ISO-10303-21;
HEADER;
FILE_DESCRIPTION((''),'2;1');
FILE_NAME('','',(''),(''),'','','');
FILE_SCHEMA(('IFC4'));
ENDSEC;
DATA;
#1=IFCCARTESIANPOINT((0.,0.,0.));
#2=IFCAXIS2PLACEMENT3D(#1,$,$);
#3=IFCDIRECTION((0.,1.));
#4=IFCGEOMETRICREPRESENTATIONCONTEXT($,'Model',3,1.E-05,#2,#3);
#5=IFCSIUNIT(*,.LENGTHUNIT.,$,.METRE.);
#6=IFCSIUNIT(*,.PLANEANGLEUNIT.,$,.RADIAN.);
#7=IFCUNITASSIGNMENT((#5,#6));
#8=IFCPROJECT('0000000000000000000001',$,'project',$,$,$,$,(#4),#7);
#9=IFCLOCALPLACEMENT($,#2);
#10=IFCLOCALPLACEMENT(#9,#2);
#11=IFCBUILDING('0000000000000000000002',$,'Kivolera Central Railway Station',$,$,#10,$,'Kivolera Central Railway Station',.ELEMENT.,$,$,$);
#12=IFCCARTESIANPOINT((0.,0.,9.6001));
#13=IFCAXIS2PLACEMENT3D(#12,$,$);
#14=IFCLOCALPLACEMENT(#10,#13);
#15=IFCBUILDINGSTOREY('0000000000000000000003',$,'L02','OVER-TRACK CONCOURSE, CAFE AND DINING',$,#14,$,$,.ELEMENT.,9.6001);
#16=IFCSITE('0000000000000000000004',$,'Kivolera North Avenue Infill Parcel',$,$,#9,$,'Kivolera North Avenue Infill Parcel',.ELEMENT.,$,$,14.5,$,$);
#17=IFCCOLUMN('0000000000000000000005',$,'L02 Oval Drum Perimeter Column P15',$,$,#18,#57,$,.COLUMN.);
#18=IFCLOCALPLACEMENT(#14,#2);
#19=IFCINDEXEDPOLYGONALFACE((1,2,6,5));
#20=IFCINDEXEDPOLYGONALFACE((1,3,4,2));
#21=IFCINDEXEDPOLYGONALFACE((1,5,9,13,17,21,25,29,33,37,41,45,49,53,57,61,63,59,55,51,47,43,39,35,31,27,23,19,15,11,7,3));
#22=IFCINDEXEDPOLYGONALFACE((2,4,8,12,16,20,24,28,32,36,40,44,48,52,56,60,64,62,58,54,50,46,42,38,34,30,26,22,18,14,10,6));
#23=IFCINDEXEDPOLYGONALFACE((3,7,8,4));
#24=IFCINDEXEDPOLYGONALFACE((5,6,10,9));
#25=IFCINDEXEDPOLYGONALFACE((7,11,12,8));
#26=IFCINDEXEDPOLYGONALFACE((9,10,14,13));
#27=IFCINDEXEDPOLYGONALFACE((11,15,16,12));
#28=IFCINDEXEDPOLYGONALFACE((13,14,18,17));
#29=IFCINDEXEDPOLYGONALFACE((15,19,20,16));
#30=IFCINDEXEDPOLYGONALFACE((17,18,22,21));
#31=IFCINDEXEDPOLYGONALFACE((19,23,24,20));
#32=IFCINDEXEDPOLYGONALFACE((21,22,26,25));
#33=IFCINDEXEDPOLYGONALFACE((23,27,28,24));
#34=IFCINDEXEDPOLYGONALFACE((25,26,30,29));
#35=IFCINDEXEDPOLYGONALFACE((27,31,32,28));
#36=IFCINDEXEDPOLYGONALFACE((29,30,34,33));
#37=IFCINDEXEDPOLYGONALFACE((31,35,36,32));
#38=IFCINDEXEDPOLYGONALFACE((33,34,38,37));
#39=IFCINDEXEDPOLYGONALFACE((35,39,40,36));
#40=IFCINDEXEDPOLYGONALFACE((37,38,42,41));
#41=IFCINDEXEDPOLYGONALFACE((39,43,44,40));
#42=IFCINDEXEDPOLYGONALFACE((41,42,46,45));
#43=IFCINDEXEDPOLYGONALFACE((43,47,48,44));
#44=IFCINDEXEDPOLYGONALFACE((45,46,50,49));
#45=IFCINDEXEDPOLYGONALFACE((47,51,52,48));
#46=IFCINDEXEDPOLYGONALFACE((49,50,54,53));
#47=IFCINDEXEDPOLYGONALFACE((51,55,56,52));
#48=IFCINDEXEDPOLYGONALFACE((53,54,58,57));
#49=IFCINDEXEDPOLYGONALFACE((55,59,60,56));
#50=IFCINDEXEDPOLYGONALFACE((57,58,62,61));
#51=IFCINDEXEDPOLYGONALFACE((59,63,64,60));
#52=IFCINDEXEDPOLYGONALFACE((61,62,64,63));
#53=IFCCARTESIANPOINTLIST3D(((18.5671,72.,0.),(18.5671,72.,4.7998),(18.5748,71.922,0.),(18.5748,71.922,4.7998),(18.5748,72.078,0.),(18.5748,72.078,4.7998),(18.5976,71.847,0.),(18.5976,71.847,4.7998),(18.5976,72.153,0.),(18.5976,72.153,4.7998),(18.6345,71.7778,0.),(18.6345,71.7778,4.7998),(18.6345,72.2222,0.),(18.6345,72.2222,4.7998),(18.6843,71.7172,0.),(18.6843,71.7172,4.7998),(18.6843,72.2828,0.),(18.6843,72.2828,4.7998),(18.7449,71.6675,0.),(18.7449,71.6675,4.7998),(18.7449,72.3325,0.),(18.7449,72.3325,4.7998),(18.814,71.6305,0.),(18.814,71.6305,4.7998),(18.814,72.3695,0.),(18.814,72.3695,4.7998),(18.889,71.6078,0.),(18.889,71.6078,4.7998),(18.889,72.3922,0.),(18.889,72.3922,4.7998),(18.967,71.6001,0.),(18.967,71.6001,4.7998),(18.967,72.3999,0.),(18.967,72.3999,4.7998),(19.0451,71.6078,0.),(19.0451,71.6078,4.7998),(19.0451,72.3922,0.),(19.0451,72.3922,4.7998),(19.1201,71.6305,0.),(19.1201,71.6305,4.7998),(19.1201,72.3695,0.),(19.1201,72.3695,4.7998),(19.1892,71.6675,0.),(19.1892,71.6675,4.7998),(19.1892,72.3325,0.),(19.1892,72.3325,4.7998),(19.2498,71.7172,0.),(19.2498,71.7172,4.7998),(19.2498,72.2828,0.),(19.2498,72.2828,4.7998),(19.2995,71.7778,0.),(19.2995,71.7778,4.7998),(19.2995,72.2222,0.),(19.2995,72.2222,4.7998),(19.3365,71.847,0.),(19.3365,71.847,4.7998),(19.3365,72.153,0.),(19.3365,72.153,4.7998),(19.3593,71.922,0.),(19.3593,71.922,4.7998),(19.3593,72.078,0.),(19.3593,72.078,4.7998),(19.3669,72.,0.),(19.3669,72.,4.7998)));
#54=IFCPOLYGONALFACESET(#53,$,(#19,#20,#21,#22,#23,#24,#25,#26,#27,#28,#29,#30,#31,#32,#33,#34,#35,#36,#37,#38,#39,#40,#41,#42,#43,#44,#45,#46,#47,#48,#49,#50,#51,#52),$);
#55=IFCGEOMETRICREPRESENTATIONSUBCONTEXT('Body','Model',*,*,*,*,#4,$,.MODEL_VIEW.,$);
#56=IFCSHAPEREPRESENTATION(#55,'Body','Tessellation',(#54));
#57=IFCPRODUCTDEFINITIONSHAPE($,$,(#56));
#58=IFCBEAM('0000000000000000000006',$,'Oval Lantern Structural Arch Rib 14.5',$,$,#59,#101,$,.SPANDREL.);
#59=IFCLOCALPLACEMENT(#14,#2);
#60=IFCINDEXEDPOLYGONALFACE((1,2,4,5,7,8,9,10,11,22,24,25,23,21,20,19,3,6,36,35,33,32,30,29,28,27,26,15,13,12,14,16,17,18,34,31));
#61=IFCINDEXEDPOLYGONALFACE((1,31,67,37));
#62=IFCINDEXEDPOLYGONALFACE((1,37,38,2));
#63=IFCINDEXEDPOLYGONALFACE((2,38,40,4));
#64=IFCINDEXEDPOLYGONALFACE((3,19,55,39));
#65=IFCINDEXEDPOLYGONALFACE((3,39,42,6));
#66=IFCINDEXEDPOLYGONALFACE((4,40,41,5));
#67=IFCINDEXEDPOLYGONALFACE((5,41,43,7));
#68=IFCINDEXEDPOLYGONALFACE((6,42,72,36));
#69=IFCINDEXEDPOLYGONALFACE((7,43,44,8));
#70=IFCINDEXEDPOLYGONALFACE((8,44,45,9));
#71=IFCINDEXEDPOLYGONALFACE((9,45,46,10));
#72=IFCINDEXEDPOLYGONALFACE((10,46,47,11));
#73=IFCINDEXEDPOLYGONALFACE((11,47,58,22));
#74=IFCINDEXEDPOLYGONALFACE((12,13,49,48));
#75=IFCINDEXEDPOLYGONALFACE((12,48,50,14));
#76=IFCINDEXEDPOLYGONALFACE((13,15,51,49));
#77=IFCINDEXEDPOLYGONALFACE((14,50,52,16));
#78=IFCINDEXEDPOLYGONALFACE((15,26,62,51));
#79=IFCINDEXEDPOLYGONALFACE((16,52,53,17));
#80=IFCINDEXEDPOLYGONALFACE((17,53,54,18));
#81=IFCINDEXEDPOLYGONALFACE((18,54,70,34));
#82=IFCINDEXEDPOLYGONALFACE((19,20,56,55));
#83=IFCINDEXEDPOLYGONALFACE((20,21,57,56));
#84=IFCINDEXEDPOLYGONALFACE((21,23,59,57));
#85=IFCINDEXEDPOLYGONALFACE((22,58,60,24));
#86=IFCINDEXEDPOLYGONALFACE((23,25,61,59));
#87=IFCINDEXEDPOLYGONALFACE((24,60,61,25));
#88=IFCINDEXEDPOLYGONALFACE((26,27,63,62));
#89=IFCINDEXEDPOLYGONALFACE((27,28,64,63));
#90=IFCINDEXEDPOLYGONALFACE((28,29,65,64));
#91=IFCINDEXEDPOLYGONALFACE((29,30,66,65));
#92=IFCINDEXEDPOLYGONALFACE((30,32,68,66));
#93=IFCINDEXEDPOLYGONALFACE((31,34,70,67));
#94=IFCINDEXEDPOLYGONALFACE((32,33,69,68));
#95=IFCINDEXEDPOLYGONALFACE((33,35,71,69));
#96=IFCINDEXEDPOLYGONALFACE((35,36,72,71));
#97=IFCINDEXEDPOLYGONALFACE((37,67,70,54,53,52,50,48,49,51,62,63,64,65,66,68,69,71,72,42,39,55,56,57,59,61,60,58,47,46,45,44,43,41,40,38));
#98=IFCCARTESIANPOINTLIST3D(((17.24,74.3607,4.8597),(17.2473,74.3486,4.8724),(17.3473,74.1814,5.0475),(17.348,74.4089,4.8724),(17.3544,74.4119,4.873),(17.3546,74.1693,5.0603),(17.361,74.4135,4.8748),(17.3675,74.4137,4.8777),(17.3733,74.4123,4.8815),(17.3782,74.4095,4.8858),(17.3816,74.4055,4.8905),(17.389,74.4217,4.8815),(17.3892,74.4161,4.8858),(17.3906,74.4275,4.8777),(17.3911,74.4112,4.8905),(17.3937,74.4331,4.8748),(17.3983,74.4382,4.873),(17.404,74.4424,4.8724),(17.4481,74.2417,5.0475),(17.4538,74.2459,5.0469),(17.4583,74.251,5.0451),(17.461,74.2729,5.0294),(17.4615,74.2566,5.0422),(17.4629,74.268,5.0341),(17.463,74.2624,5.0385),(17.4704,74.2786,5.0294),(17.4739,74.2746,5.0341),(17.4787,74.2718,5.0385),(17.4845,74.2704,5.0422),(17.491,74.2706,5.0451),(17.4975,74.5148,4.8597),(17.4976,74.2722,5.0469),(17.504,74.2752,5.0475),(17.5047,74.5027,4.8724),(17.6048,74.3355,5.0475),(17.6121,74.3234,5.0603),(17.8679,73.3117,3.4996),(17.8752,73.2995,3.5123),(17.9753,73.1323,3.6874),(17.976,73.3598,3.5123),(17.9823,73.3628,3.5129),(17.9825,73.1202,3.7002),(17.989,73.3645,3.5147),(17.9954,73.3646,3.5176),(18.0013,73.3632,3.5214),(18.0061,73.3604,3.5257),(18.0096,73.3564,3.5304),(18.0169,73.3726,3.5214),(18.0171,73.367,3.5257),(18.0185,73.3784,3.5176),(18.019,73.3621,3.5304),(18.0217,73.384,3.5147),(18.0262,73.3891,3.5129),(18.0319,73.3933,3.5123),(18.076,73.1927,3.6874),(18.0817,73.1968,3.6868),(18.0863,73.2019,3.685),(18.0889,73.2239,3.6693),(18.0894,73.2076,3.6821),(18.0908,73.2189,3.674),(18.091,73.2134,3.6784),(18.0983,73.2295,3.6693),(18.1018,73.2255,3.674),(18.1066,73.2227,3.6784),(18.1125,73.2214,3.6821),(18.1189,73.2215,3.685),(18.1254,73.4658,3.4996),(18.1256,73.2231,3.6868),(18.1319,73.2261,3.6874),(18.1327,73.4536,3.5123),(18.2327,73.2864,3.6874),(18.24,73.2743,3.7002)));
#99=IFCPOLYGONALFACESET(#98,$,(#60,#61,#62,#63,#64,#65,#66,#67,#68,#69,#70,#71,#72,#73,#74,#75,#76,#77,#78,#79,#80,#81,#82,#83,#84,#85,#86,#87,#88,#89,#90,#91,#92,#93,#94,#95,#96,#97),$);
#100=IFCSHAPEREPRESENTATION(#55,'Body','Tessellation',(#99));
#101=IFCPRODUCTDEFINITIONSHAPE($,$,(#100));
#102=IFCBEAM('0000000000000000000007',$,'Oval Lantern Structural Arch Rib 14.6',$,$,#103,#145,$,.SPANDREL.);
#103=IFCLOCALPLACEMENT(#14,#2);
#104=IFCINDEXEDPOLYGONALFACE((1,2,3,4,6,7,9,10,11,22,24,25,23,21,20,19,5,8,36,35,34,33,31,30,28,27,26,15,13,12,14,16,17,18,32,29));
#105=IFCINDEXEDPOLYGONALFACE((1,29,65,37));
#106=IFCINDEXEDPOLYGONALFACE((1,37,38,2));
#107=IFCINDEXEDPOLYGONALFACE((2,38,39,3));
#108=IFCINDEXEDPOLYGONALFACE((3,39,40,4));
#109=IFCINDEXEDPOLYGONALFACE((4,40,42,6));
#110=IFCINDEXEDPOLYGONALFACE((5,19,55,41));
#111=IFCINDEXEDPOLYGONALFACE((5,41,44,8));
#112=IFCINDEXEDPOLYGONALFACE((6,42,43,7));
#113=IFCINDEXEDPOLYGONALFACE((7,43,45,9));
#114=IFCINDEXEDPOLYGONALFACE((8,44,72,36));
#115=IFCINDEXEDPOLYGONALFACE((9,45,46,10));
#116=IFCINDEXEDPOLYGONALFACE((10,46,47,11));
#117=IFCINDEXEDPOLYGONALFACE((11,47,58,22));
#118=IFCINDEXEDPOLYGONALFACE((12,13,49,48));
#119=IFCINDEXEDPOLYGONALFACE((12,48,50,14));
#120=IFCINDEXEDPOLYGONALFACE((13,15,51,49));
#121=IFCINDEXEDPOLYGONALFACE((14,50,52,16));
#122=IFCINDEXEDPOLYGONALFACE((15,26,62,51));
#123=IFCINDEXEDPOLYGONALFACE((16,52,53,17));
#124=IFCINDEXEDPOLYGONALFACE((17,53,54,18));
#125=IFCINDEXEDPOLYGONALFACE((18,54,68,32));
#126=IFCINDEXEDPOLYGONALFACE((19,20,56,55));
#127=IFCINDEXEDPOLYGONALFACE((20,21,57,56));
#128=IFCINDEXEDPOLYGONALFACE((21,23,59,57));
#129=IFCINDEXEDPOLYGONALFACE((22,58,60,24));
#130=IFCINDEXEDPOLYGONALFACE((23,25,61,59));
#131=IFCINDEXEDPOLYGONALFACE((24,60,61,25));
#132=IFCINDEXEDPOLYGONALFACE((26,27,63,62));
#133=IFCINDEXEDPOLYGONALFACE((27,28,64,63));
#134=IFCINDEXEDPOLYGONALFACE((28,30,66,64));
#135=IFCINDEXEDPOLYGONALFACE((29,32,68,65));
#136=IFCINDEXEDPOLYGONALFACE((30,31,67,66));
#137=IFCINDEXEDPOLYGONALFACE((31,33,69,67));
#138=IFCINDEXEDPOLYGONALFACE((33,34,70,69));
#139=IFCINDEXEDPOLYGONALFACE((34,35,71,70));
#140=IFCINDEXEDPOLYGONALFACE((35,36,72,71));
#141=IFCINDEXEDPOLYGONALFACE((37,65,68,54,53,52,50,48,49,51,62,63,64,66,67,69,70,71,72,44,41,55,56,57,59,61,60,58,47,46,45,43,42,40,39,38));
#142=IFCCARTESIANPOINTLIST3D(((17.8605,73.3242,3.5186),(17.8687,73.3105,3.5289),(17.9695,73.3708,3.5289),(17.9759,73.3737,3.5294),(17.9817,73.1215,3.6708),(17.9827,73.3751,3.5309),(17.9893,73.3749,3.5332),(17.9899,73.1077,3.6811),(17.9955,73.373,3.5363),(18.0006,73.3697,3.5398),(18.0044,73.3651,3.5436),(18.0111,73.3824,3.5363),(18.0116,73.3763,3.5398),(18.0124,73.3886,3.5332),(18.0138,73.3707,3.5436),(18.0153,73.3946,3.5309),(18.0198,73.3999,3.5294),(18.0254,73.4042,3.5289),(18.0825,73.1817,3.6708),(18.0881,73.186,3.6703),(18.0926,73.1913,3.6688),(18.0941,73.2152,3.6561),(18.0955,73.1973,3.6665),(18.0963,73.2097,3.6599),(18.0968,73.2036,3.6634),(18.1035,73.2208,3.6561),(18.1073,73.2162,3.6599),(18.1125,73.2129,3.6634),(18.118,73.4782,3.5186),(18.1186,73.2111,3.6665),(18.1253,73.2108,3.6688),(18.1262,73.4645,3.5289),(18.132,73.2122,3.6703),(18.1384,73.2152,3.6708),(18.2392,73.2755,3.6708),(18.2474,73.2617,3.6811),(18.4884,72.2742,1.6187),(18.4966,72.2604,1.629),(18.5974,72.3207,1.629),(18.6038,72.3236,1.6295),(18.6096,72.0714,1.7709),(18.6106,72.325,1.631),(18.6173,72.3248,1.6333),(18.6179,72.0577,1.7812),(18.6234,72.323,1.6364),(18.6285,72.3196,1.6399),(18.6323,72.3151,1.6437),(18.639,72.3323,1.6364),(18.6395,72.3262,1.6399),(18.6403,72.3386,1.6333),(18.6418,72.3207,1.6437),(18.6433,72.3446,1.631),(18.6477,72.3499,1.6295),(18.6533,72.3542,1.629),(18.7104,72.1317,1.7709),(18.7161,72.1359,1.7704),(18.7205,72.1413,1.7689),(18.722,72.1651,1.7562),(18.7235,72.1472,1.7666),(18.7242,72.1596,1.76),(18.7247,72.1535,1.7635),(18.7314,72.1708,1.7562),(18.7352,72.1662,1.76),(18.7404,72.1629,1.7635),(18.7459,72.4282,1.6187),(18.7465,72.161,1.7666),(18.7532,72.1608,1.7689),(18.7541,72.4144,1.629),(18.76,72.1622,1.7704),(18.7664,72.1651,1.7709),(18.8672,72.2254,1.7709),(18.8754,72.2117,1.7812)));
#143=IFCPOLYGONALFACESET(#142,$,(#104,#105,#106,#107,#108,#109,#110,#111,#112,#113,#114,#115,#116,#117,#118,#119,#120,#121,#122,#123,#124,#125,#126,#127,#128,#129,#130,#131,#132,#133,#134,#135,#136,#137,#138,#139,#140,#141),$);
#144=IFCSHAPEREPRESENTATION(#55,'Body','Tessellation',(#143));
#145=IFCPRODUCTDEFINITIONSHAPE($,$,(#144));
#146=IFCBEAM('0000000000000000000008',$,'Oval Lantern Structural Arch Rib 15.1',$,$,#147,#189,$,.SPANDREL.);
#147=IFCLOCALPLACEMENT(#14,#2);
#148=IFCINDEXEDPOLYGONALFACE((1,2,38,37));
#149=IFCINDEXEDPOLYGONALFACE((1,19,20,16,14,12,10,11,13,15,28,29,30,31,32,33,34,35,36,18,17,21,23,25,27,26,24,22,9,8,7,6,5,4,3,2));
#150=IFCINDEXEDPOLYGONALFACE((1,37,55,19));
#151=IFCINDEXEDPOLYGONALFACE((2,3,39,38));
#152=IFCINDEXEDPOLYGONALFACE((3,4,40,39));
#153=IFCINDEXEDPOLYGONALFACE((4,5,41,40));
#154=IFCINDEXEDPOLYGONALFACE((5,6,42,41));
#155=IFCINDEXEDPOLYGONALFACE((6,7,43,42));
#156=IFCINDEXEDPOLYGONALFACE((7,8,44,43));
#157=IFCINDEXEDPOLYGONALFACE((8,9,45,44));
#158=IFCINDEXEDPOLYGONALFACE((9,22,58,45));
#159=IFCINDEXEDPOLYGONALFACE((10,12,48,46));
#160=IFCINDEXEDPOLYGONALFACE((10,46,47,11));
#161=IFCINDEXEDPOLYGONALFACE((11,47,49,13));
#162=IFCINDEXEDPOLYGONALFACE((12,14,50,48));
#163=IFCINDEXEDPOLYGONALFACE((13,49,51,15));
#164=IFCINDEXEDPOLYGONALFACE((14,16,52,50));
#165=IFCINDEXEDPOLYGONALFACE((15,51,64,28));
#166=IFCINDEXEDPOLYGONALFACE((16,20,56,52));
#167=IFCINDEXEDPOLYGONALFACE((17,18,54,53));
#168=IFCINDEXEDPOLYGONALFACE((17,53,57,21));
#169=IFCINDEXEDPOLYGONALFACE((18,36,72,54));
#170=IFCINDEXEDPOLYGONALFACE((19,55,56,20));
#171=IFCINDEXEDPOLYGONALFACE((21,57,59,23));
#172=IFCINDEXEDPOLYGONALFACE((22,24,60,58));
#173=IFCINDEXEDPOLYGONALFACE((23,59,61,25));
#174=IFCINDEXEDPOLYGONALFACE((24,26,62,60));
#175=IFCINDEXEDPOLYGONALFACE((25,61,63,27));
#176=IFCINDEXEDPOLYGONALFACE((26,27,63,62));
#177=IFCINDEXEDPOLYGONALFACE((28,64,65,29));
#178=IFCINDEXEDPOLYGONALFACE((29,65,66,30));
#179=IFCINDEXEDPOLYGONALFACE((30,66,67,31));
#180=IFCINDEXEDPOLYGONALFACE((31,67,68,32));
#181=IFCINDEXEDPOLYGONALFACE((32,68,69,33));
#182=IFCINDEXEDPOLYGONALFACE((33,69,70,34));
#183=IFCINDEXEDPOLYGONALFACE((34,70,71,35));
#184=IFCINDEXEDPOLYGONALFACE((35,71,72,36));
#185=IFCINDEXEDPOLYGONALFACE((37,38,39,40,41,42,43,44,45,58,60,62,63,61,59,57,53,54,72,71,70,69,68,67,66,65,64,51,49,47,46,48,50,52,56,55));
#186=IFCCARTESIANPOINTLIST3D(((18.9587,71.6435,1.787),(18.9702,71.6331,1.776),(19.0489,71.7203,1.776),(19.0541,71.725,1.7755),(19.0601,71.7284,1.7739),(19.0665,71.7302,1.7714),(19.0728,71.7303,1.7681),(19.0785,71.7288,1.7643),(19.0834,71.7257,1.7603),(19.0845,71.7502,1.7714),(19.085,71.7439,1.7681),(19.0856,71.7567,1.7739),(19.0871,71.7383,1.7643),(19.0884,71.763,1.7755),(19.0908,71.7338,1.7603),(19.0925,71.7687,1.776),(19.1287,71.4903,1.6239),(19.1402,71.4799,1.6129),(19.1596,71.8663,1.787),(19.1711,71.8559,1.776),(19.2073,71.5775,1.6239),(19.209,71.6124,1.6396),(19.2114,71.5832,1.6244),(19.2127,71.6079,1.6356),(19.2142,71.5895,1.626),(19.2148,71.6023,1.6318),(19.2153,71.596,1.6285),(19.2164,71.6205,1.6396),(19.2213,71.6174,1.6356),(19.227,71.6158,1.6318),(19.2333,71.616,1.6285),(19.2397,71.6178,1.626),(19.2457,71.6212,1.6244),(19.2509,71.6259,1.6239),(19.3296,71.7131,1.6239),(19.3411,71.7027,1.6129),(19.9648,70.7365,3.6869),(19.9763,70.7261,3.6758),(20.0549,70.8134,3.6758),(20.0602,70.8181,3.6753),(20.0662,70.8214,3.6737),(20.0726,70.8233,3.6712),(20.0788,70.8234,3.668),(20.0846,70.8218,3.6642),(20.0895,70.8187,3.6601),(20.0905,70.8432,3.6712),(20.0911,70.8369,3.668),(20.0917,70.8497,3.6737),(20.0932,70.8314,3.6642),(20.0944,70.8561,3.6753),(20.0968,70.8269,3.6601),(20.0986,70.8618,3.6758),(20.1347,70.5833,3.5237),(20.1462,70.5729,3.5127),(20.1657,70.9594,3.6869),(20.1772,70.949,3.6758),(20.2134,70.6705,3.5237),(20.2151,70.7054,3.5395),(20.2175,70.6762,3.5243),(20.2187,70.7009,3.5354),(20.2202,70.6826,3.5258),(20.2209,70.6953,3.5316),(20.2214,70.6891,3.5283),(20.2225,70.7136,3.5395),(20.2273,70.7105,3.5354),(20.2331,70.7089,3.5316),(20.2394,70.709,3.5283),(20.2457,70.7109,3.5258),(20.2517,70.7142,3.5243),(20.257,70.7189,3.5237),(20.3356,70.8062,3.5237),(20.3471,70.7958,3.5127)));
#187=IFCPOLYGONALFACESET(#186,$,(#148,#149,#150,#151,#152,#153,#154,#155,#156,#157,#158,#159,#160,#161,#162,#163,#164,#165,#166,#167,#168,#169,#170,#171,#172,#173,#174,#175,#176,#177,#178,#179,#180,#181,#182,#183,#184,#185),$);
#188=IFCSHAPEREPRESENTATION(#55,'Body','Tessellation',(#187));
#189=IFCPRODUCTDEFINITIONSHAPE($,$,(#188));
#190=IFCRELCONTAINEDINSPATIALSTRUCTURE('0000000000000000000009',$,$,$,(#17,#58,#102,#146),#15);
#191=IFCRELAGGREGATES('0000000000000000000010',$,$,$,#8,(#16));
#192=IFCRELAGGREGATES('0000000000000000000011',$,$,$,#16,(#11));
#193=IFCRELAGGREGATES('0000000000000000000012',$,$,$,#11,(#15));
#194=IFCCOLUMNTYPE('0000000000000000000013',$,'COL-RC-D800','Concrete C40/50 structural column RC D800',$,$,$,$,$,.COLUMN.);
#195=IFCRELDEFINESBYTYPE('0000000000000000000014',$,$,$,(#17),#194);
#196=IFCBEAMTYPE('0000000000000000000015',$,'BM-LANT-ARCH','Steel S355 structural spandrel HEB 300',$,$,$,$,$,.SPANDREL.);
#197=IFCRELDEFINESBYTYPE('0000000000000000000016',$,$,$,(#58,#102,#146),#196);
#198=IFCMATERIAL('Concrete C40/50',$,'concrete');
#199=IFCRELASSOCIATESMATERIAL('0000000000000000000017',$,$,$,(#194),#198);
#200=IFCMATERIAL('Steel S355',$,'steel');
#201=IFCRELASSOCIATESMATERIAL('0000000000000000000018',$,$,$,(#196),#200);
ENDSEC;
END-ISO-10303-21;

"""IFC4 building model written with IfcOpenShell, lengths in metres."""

from ifc_helpers import new_model, si_unit, direction, frame, origin, origin_2d, place, context, subcontext, project, spatial, circle, i_section, extrude, material, material_profile, profile_set, type_object, element, save


model = new_model("IFC4")

# Units and contexts
model_context = context("Model", 3, precision=1e-05, world=origin(), true_north=direction((0.0, 1.0)))
body_context = subcontext(model_context, "Body", "Model", "MODEL_VIEW")
ifc_project = project(units=[si_unit("LENGTHUNIT", "METRE"), si_unit("PLANEANGLEUNIT", "RADIAN")], contexts=[model_context])

# Site, building, storey
site_placement = place(None, origin())
site = spatial("IfcSite", under=ifc_project, at=site_placement, Name="Kivolera North Avenue Infill Parcel", LongName="Kivolera North Avenue Infill Parcel", CompositionType="ELEMENT", RefElevation=14.5)
building_placement = place(site_placement, origin())
building = spatial("IfcBuilding", under=site, at=building_placement, Name="Kivolera Central Railway Station", LongName="Kivolera Central Railway Station", CompositionType="ELEMENT")
storey_placement = place(building_placement, frame((0.0, 0.0, 9.6001)))
storey = spatial("IfcBuildingStorey", under=building, at=storey_placement, Name="L02", Description="OVER-TRACK CONCOURSE, CAFE AND DINING", CompositionType="ELEMENT", Elevation=9.6001)

# Column
ifc_material_1 = material(Name="Concrete C40/50", Category="concrete")
ifc_material_profile_1 = material_profile(ifc_material_1, circle(Radius=0.3999, at=origin_2d()), Name="RC D800")
ifc_profile_set_1 = profile_set([ifc_material_profile_1], Name="Concrete C40/50")
column_type = type_object("IfcColumnType", Name="COL-RC-D800", Description="Concrete C40/50 structural column RC D800", PredefinedType="COLUMN", material=ifc_profile_set_1)
column_placement = place(storey_placement, frame((18.967, 72.0, 0.0), z_axis=(0.0, 0.0, 1.0), x_axis=(1.0, 0.0, 0.0)))
element("IfcColumn", 1, at=column_placement, inside=storey, type_object=column_type, Name="L02 Oval Drum Perimeter Column P15", PredefinedType="COLUMN", context=body_context, shape_type="SweptSolid", body=[
    extrude(circle(Radius=0.3999, at=origin_2d()), origin(), (0.0, 0.0, 1.0), 4.7998),
])

# Beams
ifc_material_2 = material(Name="Steel S355", Category="steel")
ifc_material_profile_2 = material_profile(ifc_material_2, i_section(OverallWidth=0.3, OverallDepth=0.3, WebThickness=0.011, FlangeThickness=0.019, FilletRadius=0.0271, at=origin_2d()), Name="HEB 300")
ifc_profile_set_2 = profile_set([ifc_material_profile_2], Name="Steel S355")
beam_type = type_object("IfcBeamType", Name="BM-LANT-ARCH", Description="Steel S355 structural spandrel HEB 300", PredefinedType="SPANDREL", material=ifc_profile_set_2)
beam_1_placement = place(storey_placement, frame((17.426, 74.342, 4.96), z_axis=(0.343344, -0.57362, -0.74369), x_axis=(0.858039, 0.513585, 0.0)))
element("IfcBeam", 2, at=beam_1_placement, inside=storey, type_object=beam_type, Name="Oval Lantern Structural Arch Rib 14.5", PredefinedType="SPANDREL", context=body_context, shape_type="SweptSolid", body=[
    extrude(i_section(OverallWidth=0.3, OverallDepth=0.3, WebThickness=0.011, FlangeThickness=0.019, FilletRadius=0.0271, at=origin_2d()), origin(), (0.0, 0.0, 1.0), 1.8289),
])
beam_2_placement = place(storey_placement, frame((18.054, 73.293, 3.5999), z_axis=(0.277874, -0.464672, -0.840753), x_axis=(0.858249, 0.513233, 0.0)))
element("IfcBeam", 3, at=beam_2_placement, inside=storey, type_object=beam_type, Name="Oval Lantern Structural Arch Rib 14.6", PredefinedType="SPANDREL", context=body_context, shape_type="SweptSolid", body=[
    extrude(i_section(OverallWidth=0.3, OverallDepth=0.3, WebThickness=0.011, FlangeThickness=0.019, FilletRadius=0.0271, at=origin_2d()), origin(), (0.0, 0.0, 1.0), 2.2598),
])
beam_3_placement = place(storey_placement, frame((19.1499, 71.6731, 1.7), z_axis=(0.431185, -0.388705, 0.81424), x_axis=(0.669572, 0.742747, 0.0)))
element("IfcBeam", 4, at=beam_3_placement, inside=storey, type_object=beam_type, Name="Oval Lantern Structural Arch Rib 15.1", PredefinedType="SPANDREL", context=body_context, shape_type="SweptSolid", body=[
    extrude(i_section(OverallWidth=0.3, OverallDepth=0.3, WebThickness=0.011, FlangeThickness=0.019, FilletRadius=0.0271, at=origin_2d()), origin(), (0.0, 0.0, 1.0), 2.3333),
])

save(model, "model.ifc")
